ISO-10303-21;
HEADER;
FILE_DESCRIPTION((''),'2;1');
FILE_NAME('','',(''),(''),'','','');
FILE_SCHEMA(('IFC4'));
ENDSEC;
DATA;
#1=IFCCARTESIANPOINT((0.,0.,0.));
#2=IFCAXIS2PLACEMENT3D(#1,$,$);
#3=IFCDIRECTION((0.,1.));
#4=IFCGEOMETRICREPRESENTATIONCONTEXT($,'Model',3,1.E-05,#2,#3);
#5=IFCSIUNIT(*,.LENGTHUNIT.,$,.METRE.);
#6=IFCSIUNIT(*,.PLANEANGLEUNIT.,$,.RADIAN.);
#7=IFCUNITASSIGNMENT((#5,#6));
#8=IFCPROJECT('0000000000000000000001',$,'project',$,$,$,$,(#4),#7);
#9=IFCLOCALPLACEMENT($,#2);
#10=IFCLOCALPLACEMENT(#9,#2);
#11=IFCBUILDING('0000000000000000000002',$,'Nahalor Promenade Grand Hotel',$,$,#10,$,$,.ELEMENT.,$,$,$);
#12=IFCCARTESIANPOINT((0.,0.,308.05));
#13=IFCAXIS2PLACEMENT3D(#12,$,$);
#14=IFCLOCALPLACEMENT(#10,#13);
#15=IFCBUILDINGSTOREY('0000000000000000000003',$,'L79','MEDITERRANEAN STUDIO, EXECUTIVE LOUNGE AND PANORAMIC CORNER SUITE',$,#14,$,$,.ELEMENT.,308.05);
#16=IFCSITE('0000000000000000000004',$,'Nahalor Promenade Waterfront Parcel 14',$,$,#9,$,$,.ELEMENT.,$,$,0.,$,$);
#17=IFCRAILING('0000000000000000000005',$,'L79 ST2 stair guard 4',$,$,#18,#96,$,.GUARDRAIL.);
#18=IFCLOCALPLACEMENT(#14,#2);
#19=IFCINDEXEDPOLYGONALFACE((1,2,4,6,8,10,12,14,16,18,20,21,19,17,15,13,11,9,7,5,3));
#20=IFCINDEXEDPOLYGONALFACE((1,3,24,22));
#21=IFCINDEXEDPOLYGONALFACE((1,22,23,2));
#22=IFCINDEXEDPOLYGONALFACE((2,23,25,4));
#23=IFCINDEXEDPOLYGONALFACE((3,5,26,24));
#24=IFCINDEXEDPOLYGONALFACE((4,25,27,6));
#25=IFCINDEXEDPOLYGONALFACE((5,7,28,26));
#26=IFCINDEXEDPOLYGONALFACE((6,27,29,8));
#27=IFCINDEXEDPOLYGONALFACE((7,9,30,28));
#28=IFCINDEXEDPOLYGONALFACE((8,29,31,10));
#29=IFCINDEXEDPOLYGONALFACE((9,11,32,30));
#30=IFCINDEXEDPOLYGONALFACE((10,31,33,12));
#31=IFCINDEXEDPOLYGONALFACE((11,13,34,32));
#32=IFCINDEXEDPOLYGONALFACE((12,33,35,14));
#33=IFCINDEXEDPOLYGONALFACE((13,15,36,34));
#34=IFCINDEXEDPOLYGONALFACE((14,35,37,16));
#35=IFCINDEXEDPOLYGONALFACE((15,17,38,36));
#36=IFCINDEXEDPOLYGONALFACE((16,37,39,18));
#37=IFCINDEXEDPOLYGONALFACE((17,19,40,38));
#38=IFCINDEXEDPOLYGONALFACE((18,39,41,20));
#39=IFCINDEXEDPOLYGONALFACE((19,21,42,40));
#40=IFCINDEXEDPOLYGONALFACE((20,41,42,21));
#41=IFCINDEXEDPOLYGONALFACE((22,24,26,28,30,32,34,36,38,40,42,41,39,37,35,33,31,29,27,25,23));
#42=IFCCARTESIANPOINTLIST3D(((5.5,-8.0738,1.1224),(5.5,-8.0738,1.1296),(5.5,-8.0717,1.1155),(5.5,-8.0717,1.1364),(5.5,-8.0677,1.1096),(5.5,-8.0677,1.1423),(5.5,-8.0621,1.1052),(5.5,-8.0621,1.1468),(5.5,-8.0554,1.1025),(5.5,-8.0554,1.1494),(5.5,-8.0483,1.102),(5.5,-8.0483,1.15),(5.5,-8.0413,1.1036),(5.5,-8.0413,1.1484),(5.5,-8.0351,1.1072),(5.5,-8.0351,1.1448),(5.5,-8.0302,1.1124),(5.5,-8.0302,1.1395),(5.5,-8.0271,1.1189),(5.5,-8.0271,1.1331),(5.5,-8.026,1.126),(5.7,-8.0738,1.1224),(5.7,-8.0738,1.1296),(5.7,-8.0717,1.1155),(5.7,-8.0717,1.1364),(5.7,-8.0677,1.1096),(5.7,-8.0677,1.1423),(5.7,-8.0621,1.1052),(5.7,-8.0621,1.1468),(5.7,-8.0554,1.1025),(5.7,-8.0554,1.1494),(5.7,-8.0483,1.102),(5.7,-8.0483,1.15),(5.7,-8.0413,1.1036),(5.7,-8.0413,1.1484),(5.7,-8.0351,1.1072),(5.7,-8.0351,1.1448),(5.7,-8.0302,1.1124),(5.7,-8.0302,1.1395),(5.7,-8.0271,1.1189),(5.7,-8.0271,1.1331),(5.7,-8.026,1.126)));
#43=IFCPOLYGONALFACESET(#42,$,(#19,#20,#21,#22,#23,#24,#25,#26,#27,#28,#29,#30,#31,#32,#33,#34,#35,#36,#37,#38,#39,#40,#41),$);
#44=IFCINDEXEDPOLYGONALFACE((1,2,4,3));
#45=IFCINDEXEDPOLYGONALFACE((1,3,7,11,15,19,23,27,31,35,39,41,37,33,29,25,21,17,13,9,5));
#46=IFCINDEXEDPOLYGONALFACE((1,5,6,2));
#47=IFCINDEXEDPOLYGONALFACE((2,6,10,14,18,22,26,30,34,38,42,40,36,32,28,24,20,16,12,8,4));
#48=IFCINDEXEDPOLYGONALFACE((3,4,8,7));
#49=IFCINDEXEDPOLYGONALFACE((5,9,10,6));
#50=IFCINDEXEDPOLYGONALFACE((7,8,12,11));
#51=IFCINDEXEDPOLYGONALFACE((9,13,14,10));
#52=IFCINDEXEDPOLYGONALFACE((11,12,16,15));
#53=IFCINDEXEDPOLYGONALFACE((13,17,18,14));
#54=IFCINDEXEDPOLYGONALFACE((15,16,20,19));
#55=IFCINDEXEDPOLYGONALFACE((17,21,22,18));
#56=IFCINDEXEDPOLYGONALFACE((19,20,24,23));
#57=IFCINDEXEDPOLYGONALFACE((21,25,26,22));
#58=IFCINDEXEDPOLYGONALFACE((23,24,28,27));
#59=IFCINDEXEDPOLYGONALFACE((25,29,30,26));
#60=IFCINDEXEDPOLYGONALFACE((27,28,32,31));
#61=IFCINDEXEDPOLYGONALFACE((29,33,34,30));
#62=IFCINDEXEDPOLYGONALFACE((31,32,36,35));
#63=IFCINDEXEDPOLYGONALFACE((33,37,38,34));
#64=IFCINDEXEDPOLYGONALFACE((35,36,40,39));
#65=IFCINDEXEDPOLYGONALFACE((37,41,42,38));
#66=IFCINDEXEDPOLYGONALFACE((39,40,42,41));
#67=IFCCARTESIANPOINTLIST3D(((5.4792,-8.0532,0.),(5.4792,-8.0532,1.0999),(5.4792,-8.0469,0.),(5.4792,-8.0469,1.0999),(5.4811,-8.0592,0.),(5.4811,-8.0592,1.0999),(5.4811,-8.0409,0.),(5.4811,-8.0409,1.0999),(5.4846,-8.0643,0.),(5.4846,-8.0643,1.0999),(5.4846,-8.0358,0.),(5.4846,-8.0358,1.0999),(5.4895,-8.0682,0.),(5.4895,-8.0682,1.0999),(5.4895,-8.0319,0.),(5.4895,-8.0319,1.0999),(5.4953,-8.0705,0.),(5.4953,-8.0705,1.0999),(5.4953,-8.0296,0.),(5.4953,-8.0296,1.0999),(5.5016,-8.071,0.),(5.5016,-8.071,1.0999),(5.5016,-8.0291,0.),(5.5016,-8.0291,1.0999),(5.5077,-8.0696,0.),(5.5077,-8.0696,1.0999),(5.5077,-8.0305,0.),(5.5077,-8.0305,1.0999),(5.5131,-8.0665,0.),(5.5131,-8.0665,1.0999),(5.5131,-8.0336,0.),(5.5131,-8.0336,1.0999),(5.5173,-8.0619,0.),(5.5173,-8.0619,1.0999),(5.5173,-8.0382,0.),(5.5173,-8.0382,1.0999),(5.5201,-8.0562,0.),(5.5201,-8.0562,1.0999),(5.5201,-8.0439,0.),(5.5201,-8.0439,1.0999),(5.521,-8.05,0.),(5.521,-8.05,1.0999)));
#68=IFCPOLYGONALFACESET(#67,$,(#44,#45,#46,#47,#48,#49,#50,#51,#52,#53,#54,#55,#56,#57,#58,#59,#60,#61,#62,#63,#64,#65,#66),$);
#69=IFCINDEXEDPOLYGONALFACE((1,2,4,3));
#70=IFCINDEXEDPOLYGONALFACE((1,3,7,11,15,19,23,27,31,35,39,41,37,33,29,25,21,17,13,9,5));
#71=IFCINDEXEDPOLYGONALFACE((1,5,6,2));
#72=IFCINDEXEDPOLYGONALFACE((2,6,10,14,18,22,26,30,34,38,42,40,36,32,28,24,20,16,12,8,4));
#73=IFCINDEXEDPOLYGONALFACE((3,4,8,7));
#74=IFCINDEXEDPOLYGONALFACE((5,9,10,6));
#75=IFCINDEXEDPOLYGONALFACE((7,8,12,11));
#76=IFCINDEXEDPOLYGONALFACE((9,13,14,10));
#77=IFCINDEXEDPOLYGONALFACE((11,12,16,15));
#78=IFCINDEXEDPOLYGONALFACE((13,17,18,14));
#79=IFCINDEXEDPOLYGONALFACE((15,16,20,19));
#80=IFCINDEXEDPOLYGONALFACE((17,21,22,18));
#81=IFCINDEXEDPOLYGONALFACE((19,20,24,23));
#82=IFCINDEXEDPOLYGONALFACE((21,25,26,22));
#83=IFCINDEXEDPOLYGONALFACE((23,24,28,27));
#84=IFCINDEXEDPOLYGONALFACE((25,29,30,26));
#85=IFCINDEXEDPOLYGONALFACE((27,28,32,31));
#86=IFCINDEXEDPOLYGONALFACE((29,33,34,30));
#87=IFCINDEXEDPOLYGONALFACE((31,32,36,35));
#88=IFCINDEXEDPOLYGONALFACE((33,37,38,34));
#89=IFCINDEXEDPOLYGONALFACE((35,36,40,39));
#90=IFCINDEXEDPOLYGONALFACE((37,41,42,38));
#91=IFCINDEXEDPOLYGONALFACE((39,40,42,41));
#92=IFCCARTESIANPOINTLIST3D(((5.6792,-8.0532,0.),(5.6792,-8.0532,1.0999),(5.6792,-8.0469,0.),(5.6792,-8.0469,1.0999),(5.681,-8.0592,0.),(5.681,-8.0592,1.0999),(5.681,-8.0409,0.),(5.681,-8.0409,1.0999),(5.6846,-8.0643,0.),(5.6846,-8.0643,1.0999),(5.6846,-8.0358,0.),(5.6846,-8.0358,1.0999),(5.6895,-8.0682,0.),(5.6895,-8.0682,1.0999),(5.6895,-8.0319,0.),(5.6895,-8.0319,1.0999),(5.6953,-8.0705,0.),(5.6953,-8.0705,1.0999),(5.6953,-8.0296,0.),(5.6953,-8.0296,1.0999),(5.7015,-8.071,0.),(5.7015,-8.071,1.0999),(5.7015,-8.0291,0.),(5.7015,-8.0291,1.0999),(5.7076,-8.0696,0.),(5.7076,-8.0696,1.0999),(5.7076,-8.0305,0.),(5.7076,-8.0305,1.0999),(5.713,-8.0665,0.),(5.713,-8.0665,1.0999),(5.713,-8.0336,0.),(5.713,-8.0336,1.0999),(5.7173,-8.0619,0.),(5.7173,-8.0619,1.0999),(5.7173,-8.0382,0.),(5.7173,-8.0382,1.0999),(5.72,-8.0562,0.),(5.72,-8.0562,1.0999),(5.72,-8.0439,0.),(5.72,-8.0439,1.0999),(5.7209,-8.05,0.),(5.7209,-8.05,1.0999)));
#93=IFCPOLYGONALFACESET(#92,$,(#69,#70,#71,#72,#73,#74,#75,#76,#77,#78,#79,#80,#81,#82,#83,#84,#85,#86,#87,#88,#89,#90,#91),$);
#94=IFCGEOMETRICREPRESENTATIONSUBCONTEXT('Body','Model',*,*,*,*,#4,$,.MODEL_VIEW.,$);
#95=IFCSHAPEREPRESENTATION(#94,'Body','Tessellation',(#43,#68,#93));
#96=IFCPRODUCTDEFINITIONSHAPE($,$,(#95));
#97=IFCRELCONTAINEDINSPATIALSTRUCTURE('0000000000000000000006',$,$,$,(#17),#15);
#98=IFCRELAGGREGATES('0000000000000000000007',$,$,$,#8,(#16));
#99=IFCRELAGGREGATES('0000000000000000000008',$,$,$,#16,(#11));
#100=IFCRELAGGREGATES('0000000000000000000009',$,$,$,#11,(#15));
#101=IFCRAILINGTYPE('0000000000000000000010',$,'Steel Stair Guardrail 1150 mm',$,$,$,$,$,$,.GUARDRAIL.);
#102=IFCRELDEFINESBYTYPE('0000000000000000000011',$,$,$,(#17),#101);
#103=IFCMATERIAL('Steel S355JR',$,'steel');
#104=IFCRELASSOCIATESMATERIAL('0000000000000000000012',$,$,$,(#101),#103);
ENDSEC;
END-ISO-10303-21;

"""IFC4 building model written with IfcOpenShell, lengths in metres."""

from ifc_helpers import new_model, si_unit, direction, frame, origin, origin_2d, place, context, subcontext, project, spatial, circle, extrude, material, type_object, element, save


model = new_model("IFC4")

# Units and contexts
model_context = context("Model", 3, precision=1e-05, world=origin(), true_north=direction((0.0, 1.0)))
body_context = subcontext(model_context, "Body", "Model", "MODEL_VIEW")
ifc_project = project(units=[si_unit("LENGTHUNIT", "METRE"), si_unit("PLANEANGLEUNIT", "RADIAN")], contexts=[model_context])

# Site, building, storey
site_placement = place(None, origin())
site = spatial("IfcSite", under=ifc_project, at=site_placement, Name="Nahalor Promenade Waterfront Parcel 14", CompositionType="ELEMENT", RefElevation=0.0)
building_placement = place(site_placement, origin())
building = spatial("IfcBuilding", under=site, at=building_placement, Name="Nahalor Promenade Grand Hotel", CompositionType="ELEMENT")
storey_placement = place(building_placement, frame((0.0, 0.0, 308.05)))
storey = spatial("IfcBuildingStorey", under=building, at=storey_placement, Name="L79", Description="MEDITERRANEAN STUDIO, EXECUTIVE LOUNGE AND PANORAMIC CORNER SUITE", CompositionType="ELEMENT", Elevation=308.05)

# Shared definitions
ifc_material_1 = material(Name="Steel S355JR", Category="steel")

# Railing
railing_type_1 = type_object("IfcRailingType", Name="Steel Stair Guardrail 1150 mm", PredefinedType="GUARDRAIL", material=ifc_material_1)
railing_1_placement = place(storey_placement, frame((5.5, -8.05, 0.0)))
element("IfcRailing", 1, at=railing_1_placement, inside=storey, type_object=railing_type_1, Name="L79 ST2 stair guard 4", PredefinedType="GUARDRAIL", context=body_context, shape_type="SweptSolid", body=[
    extrude(circle(Radius=0.024, at=origin_2d()), frame((0.0, 0.0, 1.126), z_axis=(1.0, 0.0, 0.0), x_axis=(0.0, 1.0, 0.0)), (0.0, 0.0, 1.0), 0.2),
    extrude(circle(Radius=0.021, at=origin_2d()), origin(), (0.0, 0.0, 1.0), 1.0999),
    extrude(circle(Radius=0.021, at=origin_2d()), frame((0.2, 0.0, 0.0)), (0.0, 0.0, 1.0), 1.0999),
])

save(model, "model.ifc")
